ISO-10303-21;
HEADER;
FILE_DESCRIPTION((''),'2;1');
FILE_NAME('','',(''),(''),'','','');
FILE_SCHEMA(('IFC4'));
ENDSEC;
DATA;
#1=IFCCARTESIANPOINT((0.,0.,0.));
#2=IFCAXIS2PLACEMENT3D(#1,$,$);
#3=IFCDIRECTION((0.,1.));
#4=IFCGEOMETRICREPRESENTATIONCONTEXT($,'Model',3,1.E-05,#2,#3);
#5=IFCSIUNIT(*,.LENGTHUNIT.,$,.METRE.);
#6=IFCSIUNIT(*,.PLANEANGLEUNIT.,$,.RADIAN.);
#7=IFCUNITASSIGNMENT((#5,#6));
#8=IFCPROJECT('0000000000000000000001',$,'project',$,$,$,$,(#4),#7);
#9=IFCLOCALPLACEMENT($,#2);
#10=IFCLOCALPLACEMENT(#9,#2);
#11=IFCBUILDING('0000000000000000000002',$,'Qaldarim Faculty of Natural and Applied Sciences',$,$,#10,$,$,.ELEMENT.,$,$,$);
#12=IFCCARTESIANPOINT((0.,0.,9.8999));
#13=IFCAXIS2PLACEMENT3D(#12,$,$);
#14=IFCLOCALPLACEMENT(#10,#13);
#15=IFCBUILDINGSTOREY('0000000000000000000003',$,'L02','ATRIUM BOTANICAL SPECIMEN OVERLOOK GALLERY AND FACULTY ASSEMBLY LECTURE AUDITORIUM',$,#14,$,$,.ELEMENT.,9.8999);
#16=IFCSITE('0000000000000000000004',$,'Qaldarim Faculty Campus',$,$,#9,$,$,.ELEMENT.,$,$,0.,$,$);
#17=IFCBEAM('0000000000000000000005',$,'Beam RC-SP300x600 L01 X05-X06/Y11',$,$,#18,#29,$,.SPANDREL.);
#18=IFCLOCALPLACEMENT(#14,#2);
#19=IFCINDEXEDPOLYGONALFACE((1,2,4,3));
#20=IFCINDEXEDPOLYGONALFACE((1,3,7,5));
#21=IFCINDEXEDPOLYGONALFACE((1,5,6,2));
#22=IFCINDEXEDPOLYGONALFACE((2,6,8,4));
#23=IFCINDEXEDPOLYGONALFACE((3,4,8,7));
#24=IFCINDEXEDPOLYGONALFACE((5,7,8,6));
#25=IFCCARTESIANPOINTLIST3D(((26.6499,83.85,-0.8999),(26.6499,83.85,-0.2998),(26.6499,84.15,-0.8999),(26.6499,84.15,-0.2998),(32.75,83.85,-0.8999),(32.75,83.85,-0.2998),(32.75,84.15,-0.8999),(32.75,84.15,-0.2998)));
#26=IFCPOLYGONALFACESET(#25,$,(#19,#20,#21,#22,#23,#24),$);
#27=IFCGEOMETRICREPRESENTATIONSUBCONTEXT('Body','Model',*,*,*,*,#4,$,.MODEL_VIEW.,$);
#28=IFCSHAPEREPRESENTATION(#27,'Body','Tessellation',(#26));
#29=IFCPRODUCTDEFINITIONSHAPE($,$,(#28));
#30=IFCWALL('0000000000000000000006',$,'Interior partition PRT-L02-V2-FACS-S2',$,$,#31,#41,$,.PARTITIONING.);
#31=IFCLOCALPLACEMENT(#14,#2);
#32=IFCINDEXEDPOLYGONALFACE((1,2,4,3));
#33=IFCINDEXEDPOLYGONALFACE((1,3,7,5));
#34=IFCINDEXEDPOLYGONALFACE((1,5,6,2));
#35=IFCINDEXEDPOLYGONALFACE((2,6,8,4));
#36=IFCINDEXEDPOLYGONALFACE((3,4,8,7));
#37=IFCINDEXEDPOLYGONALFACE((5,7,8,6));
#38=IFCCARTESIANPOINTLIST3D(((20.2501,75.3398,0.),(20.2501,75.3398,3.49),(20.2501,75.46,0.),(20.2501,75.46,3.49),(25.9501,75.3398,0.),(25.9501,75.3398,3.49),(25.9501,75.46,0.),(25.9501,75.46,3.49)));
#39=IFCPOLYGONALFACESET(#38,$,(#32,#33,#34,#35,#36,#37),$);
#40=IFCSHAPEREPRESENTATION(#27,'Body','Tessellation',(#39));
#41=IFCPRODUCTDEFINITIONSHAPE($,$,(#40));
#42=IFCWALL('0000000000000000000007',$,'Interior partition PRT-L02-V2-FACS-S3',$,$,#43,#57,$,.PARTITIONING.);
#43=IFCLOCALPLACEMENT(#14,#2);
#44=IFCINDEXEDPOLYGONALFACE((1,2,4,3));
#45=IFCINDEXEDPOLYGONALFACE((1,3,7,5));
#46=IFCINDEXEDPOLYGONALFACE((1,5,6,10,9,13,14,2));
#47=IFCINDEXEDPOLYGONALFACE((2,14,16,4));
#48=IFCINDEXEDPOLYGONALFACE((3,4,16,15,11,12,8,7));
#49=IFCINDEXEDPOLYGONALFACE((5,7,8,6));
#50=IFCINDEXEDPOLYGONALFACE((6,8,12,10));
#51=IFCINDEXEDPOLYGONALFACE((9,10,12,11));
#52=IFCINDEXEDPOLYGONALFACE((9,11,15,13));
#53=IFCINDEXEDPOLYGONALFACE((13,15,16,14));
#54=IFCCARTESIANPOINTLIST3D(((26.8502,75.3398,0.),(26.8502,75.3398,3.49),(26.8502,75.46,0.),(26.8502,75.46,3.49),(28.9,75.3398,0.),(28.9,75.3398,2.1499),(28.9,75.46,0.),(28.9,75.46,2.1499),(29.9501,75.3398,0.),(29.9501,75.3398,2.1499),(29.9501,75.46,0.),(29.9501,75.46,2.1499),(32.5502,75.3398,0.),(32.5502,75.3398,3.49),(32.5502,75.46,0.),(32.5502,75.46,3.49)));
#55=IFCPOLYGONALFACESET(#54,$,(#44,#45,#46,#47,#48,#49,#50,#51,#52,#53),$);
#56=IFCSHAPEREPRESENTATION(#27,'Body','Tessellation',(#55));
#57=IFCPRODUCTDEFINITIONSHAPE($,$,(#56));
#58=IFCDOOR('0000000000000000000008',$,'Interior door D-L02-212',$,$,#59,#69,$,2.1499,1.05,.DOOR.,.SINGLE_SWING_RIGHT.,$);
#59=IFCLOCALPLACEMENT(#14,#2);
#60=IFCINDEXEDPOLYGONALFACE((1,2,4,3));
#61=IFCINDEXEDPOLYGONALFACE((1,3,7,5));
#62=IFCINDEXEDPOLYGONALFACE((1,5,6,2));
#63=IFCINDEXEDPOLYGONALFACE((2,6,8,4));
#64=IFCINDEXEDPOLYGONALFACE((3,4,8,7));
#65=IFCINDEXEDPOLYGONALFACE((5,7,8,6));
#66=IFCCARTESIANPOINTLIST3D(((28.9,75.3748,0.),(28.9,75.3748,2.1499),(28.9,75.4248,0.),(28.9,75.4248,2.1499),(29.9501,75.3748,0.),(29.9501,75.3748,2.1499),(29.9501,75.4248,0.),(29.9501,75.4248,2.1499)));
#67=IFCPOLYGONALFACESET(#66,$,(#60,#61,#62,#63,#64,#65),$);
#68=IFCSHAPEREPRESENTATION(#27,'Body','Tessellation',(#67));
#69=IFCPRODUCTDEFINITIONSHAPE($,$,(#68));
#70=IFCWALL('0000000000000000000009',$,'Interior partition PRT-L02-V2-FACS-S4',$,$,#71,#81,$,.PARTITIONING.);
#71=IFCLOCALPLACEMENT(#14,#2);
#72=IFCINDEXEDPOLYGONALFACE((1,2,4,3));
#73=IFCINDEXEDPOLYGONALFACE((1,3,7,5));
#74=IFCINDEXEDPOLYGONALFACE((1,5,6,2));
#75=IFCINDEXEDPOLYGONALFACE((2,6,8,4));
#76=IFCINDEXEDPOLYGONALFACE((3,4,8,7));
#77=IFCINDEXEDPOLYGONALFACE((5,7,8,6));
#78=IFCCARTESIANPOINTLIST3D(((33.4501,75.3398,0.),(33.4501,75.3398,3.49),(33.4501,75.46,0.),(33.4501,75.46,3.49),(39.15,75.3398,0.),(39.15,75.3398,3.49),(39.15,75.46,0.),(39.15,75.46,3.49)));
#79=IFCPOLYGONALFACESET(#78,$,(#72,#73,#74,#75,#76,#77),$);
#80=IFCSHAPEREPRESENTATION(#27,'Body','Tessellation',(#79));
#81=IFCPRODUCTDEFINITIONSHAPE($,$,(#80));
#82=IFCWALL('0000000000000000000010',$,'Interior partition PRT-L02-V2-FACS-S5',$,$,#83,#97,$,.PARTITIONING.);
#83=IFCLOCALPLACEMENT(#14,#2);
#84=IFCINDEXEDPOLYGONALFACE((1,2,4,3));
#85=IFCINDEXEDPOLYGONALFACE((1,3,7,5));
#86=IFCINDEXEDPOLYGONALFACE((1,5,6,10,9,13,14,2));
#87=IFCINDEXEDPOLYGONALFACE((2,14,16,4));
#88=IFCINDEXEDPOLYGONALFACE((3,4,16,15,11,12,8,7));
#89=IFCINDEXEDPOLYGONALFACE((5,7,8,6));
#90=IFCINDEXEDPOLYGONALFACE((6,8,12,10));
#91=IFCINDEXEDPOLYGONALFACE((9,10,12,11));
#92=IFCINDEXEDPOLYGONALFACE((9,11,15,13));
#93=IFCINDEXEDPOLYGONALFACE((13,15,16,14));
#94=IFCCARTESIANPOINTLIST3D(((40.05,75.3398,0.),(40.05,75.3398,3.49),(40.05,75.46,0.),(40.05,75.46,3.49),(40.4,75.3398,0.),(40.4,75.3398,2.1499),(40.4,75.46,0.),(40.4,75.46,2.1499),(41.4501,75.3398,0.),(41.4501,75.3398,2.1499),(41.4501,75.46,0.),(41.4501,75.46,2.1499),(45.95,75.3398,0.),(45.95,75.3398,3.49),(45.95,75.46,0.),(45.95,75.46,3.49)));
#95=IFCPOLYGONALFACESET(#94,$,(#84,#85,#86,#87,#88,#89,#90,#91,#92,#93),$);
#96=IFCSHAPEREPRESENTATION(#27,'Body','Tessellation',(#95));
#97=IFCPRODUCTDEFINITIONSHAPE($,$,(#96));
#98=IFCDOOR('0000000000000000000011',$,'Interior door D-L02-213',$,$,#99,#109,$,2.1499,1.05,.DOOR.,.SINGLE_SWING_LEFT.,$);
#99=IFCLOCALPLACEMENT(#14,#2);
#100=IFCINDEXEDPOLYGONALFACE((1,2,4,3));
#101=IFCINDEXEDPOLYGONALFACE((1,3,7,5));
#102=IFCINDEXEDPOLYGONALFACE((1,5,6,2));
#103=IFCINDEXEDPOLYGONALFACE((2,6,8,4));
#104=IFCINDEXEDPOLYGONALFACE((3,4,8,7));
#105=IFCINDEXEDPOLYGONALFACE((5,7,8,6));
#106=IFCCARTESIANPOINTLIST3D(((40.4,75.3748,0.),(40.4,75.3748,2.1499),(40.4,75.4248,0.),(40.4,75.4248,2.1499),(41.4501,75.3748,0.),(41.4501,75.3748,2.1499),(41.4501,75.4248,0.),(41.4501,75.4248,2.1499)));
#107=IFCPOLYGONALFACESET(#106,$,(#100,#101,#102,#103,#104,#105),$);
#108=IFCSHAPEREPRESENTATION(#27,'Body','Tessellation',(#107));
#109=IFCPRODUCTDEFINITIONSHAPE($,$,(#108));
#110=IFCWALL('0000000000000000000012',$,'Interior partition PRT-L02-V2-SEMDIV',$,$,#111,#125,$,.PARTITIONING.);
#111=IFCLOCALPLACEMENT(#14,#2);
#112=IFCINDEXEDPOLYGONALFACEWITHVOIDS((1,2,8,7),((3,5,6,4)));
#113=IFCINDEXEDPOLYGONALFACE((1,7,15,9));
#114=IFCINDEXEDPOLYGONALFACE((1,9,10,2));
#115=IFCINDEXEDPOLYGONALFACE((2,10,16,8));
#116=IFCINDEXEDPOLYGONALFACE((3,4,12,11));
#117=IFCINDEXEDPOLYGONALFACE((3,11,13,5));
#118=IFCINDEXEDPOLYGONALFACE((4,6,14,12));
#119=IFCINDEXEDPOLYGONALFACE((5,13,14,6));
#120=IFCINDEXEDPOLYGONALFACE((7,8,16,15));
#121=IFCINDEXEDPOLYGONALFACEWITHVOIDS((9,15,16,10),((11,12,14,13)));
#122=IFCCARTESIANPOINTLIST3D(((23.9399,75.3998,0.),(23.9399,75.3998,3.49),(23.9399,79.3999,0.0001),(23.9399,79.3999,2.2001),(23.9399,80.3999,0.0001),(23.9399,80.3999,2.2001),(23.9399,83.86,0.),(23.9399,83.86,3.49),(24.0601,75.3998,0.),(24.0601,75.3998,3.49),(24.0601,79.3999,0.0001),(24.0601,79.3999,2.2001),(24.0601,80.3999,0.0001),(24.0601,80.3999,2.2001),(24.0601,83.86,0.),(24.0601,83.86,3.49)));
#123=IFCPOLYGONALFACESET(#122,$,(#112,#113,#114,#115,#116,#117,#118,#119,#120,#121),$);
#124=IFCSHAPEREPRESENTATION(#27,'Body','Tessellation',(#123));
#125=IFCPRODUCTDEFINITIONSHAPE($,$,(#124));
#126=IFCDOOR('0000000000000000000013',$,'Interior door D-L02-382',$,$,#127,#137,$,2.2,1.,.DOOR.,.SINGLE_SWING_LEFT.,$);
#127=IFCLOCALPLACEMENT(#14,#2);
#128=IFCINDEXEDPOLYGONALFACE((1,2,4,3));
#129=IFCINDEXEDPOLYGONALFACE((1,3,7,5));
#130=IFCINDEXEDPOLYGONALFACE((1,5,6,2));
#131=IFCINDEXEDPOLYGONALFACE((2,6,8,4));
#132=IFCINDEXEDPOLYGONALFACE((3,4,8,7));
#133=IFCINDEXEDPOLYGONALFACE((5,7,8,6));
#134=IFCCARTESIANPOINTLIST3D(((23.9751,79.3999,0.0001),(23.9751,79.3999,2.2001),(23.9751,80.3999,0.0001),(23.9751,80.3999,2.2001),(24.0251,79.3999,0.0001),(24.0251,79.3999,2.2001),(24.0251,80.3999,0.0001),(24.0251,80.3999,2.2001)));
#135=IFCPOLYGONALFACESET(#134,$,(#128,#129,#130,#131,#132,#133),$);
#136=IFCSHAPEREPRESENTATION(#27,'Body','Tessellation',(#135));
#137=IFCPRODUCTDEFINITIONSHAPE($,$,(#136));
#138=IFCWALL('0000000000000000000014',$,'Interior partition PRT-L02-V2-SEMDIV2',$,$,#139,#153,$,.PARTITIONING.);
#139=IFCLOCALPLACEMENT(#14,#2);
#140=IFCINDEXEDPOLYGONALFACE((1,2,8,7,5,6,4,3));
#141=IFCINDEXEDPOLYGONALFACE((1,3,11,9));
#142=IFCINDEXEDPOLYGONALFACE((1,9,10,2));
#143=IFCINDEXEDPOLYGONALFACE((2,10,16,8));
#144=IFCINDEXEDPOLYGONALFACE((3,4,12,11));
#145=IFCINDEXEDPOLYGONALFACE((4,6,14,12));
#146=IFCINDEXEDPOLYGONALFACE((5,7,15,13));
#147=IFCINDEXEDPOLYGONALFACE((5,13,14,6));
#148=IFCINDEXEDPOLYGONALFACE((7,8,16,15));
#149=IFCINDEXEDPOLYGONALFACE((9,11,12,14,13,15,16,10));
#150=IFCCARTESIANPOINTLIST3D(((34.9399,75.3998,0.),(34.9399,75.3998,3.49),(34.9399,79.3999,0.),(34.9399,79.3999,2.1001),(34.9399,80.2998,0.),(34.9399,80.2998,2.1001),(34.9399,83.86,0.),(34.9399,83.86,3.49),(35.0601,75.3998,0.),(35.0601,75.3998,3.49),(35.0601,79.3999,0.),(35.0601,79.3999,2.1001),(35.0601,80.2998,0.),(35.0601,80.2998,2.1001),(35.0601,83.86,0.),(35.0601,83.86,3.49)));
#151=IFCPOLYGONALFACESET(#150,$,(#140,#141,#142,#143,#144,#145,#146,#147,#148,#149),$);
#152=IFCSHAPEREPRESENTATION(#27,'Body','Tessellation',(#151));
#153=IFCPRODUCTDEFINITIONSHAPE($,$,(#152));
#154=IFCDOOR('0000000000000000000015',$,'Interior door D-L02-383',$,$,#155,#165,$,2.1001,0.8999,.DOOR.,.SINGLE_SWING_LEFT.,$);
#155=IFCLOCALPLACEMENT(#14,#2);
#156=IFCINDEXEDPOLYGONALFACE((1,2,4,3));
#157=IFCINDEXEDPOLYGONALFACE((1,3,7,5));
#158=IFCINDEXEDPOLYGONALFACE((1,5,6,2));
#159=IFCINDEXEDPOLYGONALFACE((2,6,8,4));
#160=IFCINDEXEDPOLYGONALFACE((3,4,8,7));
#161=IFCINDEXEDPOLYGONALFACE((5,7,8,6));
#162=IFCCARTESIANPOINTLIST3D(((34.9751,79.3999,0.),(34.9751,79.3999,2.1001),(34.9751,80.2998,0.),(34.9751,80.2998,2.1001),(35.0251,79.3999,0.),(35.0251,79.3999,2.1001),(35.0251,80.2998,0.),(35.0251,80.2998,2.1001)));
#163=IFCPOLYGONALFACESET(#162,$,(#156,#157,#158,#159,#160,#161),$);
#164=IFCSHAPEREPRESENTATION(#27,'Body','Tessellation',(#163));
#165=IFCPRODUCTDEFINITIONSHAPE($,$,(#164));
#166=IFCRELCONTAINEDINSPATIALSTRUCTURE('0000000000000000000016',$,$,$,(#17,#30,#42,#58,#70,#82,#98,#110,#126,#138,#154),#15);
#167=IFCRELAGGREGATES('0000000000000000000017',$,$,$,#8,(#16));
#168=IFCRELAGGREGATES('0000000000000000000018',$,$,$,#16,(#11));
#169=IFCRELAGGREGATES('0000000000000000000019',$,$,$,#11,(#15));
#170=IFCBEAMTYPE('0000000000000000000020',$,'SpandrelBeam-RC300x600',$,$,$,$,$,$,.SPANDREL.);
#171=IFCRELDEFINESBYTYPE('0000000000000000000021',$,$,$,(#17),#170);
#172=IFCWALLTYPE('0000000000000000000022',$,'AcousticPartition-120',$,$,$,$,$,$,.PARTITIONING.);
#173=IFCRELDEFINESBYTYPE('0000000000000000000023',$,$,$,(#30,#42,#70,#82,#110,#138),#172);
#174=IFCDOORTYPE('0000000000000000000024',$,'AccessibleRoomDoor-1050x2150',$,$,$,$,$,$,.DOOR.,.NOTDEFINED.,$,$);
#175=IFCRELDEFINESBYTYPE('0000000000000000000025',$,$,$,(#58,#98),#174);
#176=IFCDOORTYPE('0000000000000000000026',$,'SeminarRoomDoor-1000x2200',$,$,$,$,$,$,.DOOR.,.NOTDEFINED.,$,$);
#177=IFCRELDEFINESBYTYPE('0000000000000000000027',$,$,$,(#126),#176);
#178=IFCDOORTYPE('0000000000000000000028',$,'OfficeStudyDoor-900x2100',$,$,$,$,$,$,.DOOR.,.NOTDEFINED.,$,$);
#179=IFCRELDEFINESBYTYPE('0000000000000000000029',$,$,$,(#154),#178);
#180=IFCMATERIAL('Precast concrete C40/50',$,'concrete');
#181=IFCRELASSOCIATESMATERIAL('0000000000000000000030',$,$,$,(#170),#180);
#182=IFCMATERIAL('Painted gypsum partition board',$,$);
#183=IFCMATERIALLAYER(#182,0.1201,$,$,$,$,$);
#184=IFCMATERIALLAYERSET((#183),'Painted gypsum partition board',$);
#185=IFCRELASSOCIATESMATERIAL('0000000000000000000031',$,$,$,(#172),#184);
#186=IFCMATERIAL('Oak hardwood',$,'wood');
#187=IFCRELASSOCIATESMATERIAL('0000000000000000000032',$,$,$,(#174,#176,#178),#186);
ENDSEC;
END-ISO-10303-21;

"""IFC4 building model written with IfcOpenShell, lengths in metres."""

from ifc_helpers import new_model, si_unit, direction, frame, frame_2d, origin, origin_2d, place, context, subcontext, project, spatial, rectangle, extrude, material, layer, layer_set, material_profile, profile_set, type_object, element, fill, save


model = new_model("IFC4")

# Units and contexts
model_context = context("Model", 3, precision=1e-05, world=origin(), true_north=direction((0.0, 1.0)))
body_context = subcontext(model_context, "Body", "Model", "MODEL_VIEW")
ifc_project = project(units=[si_unit("LENGTHUNIT", "METRE"), si_unit("PLANEANGLEUNIT", "RADIAN")], contexts=[model_context])

# Site, building, storey
site_placement = place(None, origin())
site = spatial("IfcSite", under=ifc_project, at=site_placement, Name="Qaldarim Faculty Campus", CompositionType="ELEMENT", RefElevation=0.0)
building_placement = place(site_placement, origin())
building = spatial("IfcBuilding", under=site, at=building_placement, Name="Qaldarim Faculty of Natural and Applied Sciences", CompositionType="ELEMENT")
storey_placement = place(building_placement, frame((0.0, 0.0, 9.8999)))
storey = spatial("IfcBuildingStorey", under=building, at=storey_placement, Name="L02", Description="ATRIUM BOTANICAL SPECIMEN OVERLOOK GALLERY AND FACULTY ASSEMBLY LECTURE AUDITORIUM", CompositionType="ELEMENT", Elevation=9.8999)

# Beam
ifc_material_1 = material(Name="Precast concrete C40/50", Category="concrete")
ifc_material_profile_1 = material_profile(ifc_material_1, rectangle(XDim=0.3, YDim=0.6001, at=origin_2d()), Name="RC-SP300x600")
ifc_profile_set_1 = profile_set([ifc_material_profile_1], Name="Precast concrete C40/50")
beam_type_1 = type_object("IfcBeamType", Name="SpandrelBeam-RC300x600", PredefinedType="SPANDREL", material=ifc_profile_set_1)
beam_1_placement = place(storey_placement, frame((26.6499, 84.0, -0.5999), z_axis=(1.0, 0.0, 0.0), x_axis=(0.0, 1.0, 0.0)))
element("IfcBeam", 1, at=beam_1_placement, inside=storey, type_object=beam_type_1, Name="Beam RC-SP300x600 L01 X05-X06/Y11", PredefinedType="SPANDREL", context=body_context, shape_type="SweptSolid", body=[
    extrude(rectangle(XDim=0.3, YDim=0.6001, at=origin_2d()), origin(), (0.0, 0.0, 1.0), 6.1001),
])

# Wall
ifc_material_2 = material(Name="Painted gypsum partition board")
ifc_layer_1 = layer(ifc_material_2, 0.1201)
ifc_layer_set_1 = layer_set([ifc_layer_1], Name="Painted gypsum partition board")
wall_type_1 = type_object("IfcWallType", Name="AcousticPartition-120", PredefinedType="PARTITIONING", material=ifc_layer_set_1)
wall_1_placement = place(storey_placement, frame((20.25, 75.3999, 0.0), z_axis=(0.0, 0.0, 1.0), x_axis=(1.0, 0.0, 0.0)))
element("IfcWall", 2, at=wall_1_placement, inside=storey, type_object=wall_type_1, Name="Interior partition PRT-L02-V2-FACS-S2", PredefinedType="PARTITIONING", context=body_context, shape_type="SweptSolid", body=[
    extrude(rectangle(XDim=5.7, YDim=0.1201, at=frame_2d((2.8501, 0.0))), origin(), (0.0, 0.0, 1.0), 3.49),
])

# Wall, opening, door
wall_2_placement = place(storey_placement, frame((26.8501, 75.3999, 0.0), z_axis=(0.0, 0.0, 1.0), x_axis=(1.0, 0.0, 0.0)))
wall_2 = element("IfcWall", 3, at=wall_2_placement, inside=storey, type_object=wall_type_1, Name="Interior partition PRT-L02-V2-FACS-S3", PredefinedType="PARTITIONING", context=body_context, shape_type="SweptSolid", body=[
    extrude(rectangle(XDim=5.7, YDim=0.1201, at=frame_2d((2.8501, 0.0))), origin(), (0.0, 0.0, 1.0), 3.49),
])
opening_1_placement = place(wall_2_placement, frame((2.05, 0.0, 0.0)))
opening_1 = element("IfcOpeningElement", 4, at=opening_1_placement, cuts=wall_2, PredefinedType="OPENING", context=body_context, shape_type="SweptSolid", body=[
    extrude(rectangle(XDim=1.05, YDim=2.1499, at=frame_2d((0.5249, 1.075))), frame((0.0, 0.0701, 0.0), z_axis=(0.0, -1.0, 0.0), x_axis=(1.0, 0.0, 0.0)), (0.0, 0.0, 1.0), 0.1401),
])
ifc_material_3 = material(Name="Oak hardwood", Category="wood")
door_type_1 = type_object("IfcDoorType", Name="AccessibleRoomDoor-1050x2150", OperationType="NOTDEFINED", PredefinedType="DOOR", material=ifc_material_3)
door_1_placement = place(opening_1_placement, origin())
door_1 = element("IfcDoor", 5, at=door_1_placement, inside=storey, type_object=door_type_1, Name="Interior door D-L02-212", OperationType="SINGLE_SWING_RIGHT", OverallHeight=2.1499, OverallWidth=1.05, PredefinedType="DOOR", context=body_context, shape_type="SweptSolid", body=[
    extrude(rectangle(XDim=1.05, YDim=2.1499, at=frame_2d((0.5249, 1.075))), frame((0.0, 0.0249, 0.0), z_axis=(0.0, -1.0, 0.0), x_axis=(1.0, 0.0, 0.0)), (0.0, 0.0, 1.0), 0.05),
])
fill(opening_1, door_1)

# Wall
wall_3_placement = place(storey_placement, frame((33.45, 75.3999, 0.0), z_axis=(0.0, 0.0, 1.0), x_axis=(1.0, 0.0, 0.0)))
element("IfcWall", 6, at=wall_3_placement, inside=storey, type_object=wall_type_1, Name="Interior partition PRT-L02-V2-FACS-S4", PredefinedType="PARTITIONING", context=body_context, shape_type="SweptSolid", body=[
    extrude(rectangle(XDim=5.7, YDim=0.1201, at=frame_2d((2.8501, 0.0))), origin(), (0.0, 0.0, 1.0), 3.49),
])

# Walls, openings, doors
wall_4_placement = place(storey_placement, frame((40.05, 75.3999, 0.0), z_axis=(0.0, 0.0, 1.0), x_axis=(1.0, 0.0, 0.0)))
wall_4 = element("IfcWall", 7, at=wall_4_placement, inside=storey, type_object=wall_type_1, Name="Interior partition PRT-L02-V2-FACS-S5", PredefinedType="PARTITIONING", context=body_context, shape_type="SweptSolid", body=[
    extrude(rectangle(XDim=5.8999, YDim=0.1201, at=frame_2d((2.95, 0.0))), origin(), (0.0, 0.0, 1.0), 3.49),
])
opening_2_placement = place(wall_4_placement, frame((0.3501, 0.0, 0.0)))
opening_2 = element("IfcOpeningElement", 8, at=opening_2_placement, cuts=wall_4, PredefinedType="OPENING", context=body_context, shape_type="SweptSolid", body=[
    extrude(rectangle(XDim=1.05, YDim=2.1499, at=frame_2d((0.5249, 1.075))), frame((0.0, 0.0701, 0.0), z_axis=(0.0, -1.0, 0.0), x_axis=(1.0, 0.0, 0.0)), (0.0, 0.0, 1.0), 0.1401),
])
door_2_placement = place(opening_2_placement, origin())
door_2 = element("IfcDoor", 9, at=door_2_placement, inside=storey, type_object=door_type_1, Name="Interior door D-L02-213", OperationType="SINGLE_SWING_LEFT", OverallHeight=2.1499, OverallWidth=1.05, PredefinedType="DOOR", context=body_context, shape_type="SweptSolid", body=[
    extrude(rectangle(XDim=1.05, YDim=2.1499, at=frame_2d((0.5249, 1.075))), frame((0.0, 0.0249, 0.0), z_axis=(0.0, -1.0, 0.0), x_axis=(1.0, 0.0, 0.0)), (0.0, 0.0, 1.0), 0.05),
])
fill(opening_2, door_2)
wall_5_placement = place(storey_placement, frame((24.0, 75.3999, 0.0), z_axis=(0.0, 0.0, 1.0), x_axis=(0.0, 1.0, 0.0)))
wall_5 = element("IfcWall", 10, at=wall_5_placement, inside=storey, type_object=wall_type_1, Name="Interior partition PRT-L02-V2-SEMDIV", PredefinedType="PARTITIONING", context=body_context, shape_type="SweptSolid", body=[
    extrude(rectangle(XDim=8.4602, YDim=0.1201, at=frame_2d((4.23, 0.0))), origin(), (0.0, 0.0, 1.0), 3.49),
])
opening_3_placement = place(wall_5_placement, frame((4.0, 0.0, 0.0)))
opening_3 = element("IfcOpeningElement", 11, at=opening_3_placement, cuts=wall_5, PredefinedType="OPENING", context=body_context, shape_type="SweptSolid", body=[
    extrude(rectangle(XDim=1.0, YDim=2.2, at=frame_2d((0.5, 1.1001))), frame((0.0, 0.0701, 0.0), z_axis=(0.0, -1.0, 0.0), x_axis=(1.0, 0.0, 0.0)), (0.0, 0.0, 1.0), 0.1401),
])
door_type_2 = type_object("IfcDoorType", Name="SeminarRoomDoor-1000x2200", OperationType="NOTDEFINED", PredefinedType="DOOR", material=ifc_material_3)
door_3_placement = place(opening_3_placement, origin())
door_3 = element("IfcDoor", 12, at=door_3_placement, inside=storey, type_object=door_type_2, Name="Interior door D-L02-382", OperationType="SINGLE_SWING_LEFT", OverallHeight=2.2, OverallWidth=1.0, PredefinedType="DOOR", context=body_context, shape_type="SweptSolid", body=[
    extrude(rectangle(XDim=1.0, YDim=2.2, at=frame_2d((0.5, 1.1001))), frame((0.0, 0.0249, 0.0), z_axis=(0.0, -1.0, 0.0), x_axis=(1.0, 0.0, 0.0)), (0.0, 0.0, 1.0), 0.05),
])
fill(opening_3, door_3)
wall_6_placement = place(storey_placement, frame((35.0, 75.3999, 0.0), z_axis=(0.0, 0.0, 1.0), x_axis=(0.0, 1.0, 0.0)))
wall_6 = element("IfcWall", 13, at=wall_6_placement, inside=storey, type_object=wall_type_1, Name="Interior partition PRT-L02-V2-SEMDIV2", PredefinedType="PARTITIONING", context=body_context, shape_type="SweptSolid", body=[
    extrude(rectangle(XDim=8.4602, YDim=0.1201, at=frame_2d((4.23, 0.0))), origin(), (0.0, 0.0, 1.0), 3.49),
])
opening_4_placement = place(wall_6_placement, frame((4.0, 0.0, 0.0)))
opening_4 = element("IfcOpeningElement", 14, at=opening_4_placement, cuts=wall_6, PredefinedType="OPENING", context=body_context, shape_type="SweptSolid", body=[
    extrude(rectangle(XDim=0.8999, YDim=2.1001, at=frame_2d((0.45, 1.05))), frame((0.0, 0.0701, 0.0), z_axis=(0.0, -1.0, 0.0), x_axis=(1.0, 0.0, 0.0)), (0.0, 0.0, 1.0), 0.1401),
])
door_type_3 = type_object("IfcDoorType", Name="OfficeStudyDoor-900x2100", OperationType="NOTDEFINED", PredefinedType="DOOR", material=ifc_material_3)
door_4_placement = place(opening_4_placement, origin())
door_4 = element("IfcDoor", 15, at=door_4_placement, inside=storey, type_object=door_type_3, Name="Interior door D-L02-383", OperationType="SINGLE_SWING_LEFT", OverallHeight=2.1001, OverallWidth=0.8999, PredefinedType="DOOR", context=body_context, shape_type="SweptSolid", body=[
    extrude(rectangle(XDim=0.8999, YDim=2.1001, at=frame_2d((0.45, 1.05))), frame((0.0, 0.0249, 0.0), z_axis=(0.0, -1.0, 0.0), x_axis=(1.0, 0.0, 0.0)), (0.0, 0.0, 1.0), 0.05),
])
fill(opening_4, door_4)

save(model, "model.ifc")
